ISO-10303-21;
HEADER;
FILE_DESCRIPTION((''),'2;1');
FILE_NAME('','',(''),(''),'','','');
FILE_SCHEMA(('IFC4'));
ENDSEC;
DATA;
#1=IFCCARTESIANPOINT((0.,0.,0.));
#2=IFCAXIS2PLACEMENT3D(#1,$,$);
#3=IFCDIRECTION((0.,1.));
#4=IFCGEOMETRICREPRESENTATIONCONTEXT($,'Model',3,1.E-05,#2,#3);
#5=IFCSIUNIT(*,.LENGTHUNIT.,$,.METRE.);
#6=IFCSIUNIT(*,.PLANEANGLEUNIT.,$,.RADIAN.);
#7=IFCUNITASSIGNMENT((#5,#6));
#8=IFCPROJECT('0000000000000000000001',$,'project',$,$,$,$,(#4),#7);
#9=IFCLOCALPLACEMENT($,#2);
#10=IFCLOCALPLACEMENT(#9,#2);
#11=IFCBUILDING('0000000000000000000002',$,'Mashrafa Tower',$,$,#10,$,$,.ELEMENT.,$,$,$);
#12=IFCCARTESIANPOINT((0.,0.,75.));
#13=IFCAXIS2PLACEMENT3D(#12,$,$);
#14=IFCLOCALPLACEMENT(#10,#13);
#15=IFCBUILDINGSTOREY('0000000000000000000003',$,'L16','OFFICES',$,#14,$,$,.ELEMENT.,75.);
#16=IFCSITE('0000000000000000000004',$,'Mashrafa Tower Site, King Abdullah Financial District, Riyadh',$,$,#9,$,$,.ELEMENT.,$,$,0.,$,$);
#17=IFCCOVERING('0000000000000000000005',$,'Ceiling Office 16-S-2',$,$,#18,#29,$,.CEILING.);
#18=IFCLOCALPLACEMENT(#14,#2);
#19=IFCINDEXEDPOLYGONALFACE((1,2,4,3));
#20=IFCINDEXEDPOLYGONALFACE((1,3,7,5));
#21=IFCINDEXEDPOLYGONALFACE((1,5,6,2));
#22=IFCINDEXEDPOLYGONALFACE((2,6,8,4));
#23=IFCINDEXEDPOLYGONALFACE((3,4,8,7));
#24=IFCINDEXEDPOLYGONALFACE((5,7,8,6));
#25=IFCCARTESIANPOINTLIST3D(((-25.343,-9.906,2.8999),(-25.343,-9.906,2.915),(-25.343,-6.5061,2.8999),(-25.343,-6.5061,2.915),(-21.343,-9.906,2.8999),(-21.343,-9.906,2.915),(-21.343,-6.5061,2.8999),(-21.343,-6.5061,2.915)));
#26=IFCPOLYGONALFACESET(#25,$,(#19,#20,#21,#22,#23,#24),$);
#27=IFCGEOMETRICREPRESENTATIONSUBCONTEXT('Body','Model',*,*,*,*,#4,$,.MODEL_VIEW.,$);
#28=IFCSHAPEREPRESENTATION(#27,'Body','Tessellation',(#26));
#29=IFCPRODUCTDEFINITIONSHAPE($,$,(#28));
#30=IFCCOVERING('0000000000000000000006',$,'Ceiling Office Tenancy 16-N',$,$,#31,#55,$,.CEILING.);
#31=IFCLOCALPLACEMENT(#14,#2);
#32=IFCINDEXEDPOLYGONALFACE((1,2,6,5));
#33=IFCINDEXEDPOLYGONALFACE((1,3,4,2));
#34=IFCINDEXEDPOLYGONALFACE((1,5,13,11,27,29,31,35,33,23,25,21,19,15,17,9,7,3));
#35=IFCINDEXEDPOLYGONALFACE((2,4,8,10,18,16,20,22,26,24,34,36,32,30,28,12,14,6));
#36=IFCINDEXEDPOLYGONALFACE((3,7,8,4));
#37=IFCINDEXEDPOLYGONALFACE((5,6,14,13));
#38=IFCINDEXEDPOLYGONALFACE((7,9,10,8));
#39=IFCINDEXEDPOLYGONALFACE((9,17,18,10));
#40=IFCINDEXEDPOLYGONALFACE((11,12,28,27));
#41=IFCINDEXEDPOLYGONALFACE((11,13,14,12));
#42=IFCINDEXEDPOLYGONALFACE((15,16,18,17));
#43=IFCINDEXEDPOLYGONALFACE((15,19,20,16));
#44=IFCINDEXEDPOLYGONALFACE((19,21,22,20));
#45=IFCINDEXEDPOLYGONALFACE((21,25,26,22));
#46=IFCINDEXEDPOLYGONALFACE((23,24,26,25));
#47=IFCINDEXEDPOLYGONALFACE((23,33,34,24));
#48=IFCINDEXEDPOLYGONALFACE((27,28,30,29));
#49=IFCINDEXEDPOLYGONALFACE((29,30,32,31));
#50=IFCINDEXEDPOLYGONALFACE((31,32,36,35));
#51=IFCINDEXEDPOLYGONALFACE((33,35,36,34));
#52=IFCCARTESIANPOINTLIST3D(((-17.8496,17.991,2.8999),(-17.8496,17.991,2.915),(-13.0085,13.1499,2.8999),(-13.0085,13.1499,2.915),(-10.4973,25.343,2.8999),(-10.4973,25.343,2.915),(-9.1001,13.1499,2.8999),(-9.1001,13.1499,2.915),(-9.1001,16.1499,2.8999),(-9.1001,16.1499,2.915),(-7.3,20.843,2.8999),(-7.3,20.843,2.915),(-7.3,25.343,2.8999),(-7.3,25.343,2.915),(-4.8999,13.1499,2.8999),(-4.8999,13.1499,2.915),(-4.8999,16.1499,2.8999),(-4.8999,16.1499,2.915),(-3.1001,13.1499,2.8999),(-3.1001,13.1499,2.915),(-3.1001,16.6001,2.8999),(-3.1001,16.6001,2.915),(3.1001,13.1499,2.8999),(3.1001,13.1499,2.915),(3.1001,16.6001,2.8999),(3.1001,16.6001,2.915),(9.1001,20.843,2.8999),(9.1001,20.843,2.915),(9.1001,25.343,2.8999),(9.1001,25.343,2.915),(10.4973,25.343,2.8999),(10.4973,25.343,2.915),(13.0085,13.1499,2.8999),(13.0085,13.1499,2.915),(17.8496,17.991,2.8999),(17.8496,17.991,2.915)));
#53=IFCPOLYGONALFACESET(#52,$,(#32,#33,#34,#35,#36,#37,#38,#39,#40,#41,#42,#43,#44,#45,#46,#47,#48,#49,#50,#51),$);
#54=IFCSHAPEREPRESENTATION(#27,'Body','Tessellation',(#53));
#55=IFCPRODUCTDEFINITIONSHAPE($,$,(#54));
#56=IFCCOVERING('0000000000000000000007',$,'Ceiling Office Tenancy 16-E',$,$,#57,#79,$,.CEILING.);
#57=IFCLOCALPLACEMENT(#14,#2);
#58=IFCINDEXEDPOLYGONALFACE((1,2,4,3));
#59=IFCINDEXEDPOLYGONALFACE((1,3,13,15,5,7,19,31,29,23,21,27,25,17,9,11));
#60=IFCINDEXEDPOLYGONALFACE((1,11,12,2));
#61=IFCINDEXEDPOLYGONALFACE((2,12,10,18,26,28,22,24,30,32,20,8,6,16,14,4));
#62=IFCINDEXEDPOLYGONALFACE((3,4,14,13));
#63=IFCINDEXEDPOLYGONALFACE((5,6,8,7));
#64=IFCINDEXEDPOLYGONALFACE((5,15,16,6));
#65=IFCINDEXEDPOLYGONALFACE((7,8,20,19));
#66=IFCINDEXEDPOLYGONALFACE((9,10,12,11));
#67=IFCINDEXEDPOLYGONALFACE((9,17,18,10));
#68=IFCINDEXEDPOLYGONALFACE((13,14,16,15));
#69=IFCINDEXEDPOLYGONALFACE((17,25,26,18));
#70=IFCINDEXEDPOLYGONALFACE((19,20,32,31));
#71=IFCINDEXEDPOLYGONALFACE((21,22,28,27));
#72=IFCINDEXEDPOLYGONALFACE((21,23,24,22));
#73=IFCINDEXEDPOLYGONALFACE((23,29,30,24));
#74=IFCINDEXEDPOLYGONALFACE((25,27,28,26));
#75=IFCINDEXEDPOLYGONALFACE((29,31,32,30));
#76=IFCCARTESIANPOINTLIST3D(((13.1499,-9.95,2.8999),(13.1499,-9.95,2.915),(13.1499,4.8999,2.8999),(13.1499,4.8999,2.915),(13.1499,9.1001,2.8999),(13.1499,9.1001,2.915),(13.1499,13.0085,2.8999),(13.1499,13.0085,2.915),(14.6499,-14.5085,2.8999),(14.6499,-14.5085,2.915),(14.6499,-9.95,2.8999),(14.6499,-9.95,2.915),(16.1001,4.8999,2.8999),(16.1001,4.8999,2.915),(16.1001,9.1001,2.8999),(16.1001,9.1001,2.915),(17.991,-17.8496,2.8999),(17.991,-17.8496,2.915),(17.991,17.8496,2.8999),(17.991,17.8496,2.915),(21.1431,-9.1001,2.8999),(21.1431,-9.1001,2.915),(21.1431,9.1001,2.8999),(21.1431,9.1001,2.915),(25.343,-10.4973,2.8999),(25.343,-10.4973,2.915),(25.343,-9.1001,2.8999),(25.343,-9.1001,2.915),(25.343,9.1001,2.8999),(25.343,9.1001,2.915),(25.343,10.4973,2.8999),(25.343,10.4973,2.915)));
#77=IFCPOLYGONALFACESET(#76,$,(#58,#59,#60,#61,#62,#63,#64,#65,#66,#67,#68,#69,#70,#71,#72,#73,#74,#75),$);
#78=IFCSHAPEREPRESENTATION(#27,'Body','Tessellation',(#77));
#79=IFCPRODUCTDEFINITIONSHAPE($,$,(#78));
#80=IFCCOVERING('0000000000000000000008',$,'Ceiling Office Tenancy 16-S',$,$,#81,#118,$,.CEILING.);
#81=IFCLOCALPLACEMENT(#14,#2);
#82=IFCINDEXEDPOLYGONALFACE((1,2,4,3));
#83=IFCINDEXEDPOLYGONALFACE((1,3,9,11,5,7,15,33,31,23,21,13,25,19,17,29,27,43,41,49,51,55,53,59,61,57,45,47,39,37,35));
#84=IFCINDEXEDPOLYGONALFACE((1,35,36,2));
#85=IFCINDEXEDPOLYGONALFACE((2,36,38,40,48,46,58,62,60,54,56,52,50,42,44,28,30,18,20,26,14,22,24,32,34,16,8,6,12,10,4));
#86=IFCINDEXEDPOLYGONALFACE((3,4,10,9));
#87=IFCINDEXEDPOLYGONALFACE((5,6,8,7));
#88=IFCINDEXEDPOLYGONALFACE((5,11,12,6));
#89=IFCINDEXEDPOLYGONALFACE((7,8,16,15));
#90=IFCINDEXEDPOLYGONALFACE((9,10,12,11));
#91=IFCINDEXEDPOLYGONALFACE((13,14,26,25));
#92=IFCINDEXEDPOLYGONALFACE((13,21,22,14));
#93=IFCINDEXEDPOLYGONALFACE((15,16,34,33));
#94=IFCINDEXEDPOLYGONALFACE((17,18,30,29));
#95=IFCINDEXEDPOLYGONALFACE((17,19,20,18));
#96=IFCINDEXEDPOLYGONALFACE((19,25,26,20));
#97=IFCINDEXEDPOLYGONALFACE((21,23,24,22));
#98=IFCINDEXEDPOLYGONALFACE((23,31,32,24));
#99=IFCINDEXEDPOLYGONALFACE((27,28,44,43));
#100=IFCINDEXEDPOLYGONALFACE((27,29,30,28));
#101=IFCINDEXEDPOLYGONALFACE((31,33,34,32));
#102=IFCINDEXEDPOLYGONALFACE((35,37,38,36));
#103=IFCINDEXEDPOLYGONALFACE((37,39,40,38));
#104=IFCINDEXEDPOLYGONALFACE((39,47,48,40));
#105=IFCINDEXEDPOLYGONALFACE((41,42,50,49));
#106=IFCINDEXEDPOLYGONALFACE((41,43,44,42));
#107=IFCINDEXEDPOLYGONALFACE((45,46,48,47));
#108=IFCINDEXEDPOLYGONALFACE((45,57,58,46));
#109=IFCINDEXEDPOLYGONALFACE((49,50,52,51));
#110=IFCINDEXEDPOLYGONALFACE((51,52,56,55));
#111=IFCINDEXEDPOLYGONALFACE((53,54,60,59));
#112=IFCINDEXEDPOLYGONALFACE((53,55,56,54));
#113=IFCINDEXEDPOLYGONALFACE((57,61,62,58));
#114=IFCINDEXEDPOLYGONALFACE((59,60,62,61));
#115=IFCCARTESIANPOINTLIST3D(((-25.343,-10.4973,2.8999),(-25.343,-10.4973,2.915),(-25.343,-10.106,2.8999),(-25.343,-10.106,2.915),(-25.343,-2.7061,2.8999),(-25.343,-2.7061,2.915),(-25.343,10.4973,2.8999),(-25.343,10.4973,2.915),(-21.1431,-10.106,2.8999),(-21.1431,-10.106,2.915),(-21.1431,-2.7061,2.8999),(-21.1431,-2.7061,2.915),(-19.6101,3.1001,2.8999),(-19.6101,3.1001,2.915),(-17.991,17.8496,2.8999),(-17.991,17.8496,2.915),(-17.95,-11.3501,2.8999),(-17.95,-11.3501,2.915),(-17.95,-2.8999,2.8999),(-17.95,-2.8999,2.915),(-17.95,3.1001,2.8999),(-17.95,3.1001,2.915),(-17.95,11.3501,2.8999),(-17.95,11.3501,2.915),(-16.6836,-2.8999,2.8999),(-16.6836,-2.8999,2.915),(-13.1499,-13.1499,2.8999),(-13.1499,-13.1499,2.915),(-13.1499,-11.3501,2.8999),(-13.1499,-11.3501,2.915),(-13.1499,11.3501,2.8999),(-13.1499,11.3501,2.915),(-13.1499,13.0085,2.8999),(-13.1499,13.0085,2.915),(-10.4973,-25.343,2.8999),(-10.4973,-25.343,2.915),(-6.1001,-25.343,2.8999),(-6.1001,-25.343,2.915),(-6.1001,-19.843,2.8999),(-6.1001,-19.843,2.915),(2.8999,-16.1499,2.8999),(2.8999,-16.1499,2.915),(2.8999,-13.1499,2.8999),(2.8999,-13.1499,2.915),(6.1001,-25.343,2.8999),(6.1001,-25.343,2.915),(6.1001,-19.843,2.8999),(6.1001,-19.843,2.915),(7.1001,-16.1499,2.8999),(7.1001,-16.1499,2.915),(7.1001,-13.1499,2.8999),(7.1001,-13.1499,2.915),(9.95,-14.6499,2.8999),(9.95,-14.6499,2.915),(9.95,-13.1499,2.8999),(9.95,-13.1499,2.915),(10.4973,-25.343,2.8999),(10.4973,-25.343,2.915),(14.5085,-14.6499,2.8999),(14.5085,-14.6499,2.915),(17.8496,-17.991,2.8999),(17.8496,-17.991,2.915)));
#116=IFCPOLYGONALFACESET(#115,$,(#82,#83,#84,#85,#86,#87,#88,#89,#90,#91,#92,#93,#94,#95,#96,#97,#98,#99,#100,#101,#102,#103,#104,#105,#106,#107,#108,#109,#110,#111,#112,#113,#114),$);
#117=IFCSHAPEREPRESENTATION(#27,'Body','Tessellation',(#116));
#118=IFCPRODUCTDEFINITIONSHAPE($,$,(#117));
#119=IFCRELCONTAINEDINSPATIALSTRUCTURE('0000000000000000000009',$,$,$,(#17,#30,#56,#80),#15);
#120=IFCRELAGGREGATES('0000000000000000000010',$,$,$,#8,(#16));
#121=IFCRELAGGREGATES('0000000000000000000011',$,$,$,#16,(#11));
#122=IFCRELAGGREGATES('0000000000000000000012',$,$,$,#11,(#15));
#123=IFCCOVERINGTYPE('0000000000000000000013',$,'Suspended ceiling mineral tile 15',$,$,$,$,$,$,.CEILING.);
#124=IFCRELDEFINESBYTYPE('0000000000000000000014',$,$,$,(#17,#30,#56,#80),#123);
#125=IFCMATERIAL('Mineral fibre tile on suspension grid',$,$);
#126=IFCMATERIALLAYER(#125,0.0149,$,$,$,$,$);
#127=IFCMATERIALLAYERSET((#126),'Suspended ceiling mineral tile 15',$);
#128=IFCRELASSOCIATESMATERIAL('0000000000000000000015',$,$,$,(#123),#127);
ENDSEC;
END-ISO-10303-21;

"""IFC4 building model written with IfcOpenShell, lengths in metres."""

from ifc_helpers import new_model, si_unit, direction, frame, origin, place, context, subcontext, project, spatial, polyline, outline, extrude, material, layer, layer_set, type_object, element, save


model = new_model("IFC4")

# Units and contexts
model_context = context("Model", 3, precision=1e-05, world=origin(), true_north=direction((0.0, 1.0)))
body_context = subcontext(model_context, "Body", "Model", "MODEL_VIEW")
ifc_project = project(units=[si_unit("LENGTHUNIT", "METRE"), si_unit("PLANEANGLEUNIT", "RADIAN")], contexts=[model_context])

# Site, building, storey
site_placement = place(None, origin())
site = spatial("IfcSite", under=ifc_project, at=site_placement, Name="Mashrafa Tower Site, King Abdullah Financial District, Riyadh", CompositionType="ELEMENT", RefElevation=0.0)
building_placement = place(site_placement, origin())
building = spatial("IfcBuilding", under=site, at=building_placement, Name="Mashrafa Tower", CompositionType="ELEMENT")
storey_placement = place(building_placement, frame((0.0, 0.0, 75.0)))
storey = spatial("IfcBuildingStorey", under=building, at=storey_placement, Name="L16", Description="OFFICES", CompositionType="ELEMENT", Elevation=75.0)

# Coverings
ifc_material_1 = material(Name="Mineral fibre tile on suspension grid")
ifc_layer_1 = layer(ifc_material_1, 0.0149)
ifc_layer_set_1 = layer_set([ifc_layer_1], Name="Suspended ceiling mineral tile 15")
covering_type = type_object("IfcCoveringType", Name="Suspended ceiling mineral tile 15", PredefinedType="CEILING", material=ifc_layer_set_1)
covering_1_placement = place(storey_placement, frame((0.0, 0.0, 2.8999)))
element("IfcCovering", 1, at=covering_1_placement, inside=storey, type_object=covering_type, Name="Ceiling Office 16-S-2", PredefinedType="CEILING", context=body_context, shape_type="SweptSolid", body=[
    extrude(outline(polyline([(-21.343, -6.5061), (-21.343, -9.906), (-25.343, -9.906), (-25.343, -6.5061), (-21.343, -6.5061)])), origin(), (0.0, 0.0, 1.0), 0.0151),
])
covering_2_placement = place(storey_placement, frame((0.0, 0.0, 2.8999)))
element("IfcCovering", 2, at=covering_2_placement, inside=storey, type_object=covering_type, Name="Ceiling Office Tenancy 16-N", PredefinedType="CEILING", context=body_context, shape_type="SweptSolid", body=[
    extrude(outline(polyline([(-13.0085, 13.1499), (-17.8496, 17.991), (-10.4973, 25.343), (-7.3, 25.343), (-7.3, 20.843), (9.1001, 20.843), (9.1001, 25.343), (10.4973, 25.343), (17.8496, 17.991), (13.0085, 13.1499), (3.1001, 13.1499), (3.1001, 16.6001), (-3.1001, 16.6001), (-3.1001, 13.1499), (-4.8999, 13.1499), (-4.8999, 16.1499), (-9.1001, 16.1499), (-9.1001, 13.1499), (-13.0085, 13.1499)])), origin(), (0.0, 0.0, 1.0), 0.0151),
])
covering_3_placement = place(storey_placement, frame((0.0, 0.0, 2.8999)))
element("IfcCovering", 3, at=covering_3_placement, inside=storey, type_object=covering_type, Name="Ceiling Office Tenancy 16-E", PredefinedType="CEILING", context=body_context, shape_type="SweptSolid", body=[
    extrude(outline(polyline([(13.1499, 13.0085), (17.991, 17.8496), (25.343, 10.4973), (25.343, 9.1001), (21.1431, 9.1001), (21.1431, -9.1001), (25.343, -9.1001), (25.343, -10.4973), (17.991, -17.8496), (14.6499, -14.5085), (14.6499, -9.95), (13.1499, -9.95), (13.1499, 4.8999), (16.1001, 4.8999), (16.1001, 9.1001), (13.1499, 9.1001), (13.1499, 13.0085)])), origin(), (0.0, 0.0, 1.0), 0.0151),
])
covering_4_placement = place(storey_placement, frame((0.0, 0.0, 2.8999)))
element("IfcCovering", 4, at=covering_4_placement, inside=storey, type_object=covering_type, Name="Ceiling Office Tenancy 16-S", PredefinedType="CEILING", context=body_context, shape_type="SweptSolid", body=[
    extrude(outline(polyline([(14.5085, -14.6499), (17.8496, -17.991), (10.4973, -25.343), (6.1001, -25.343), (6.1001, -19.843), (-6.1001, -19.843), (-6.1001, -25.343), (-10.4973, -25.343), (-25.343, -10.4973), (-25.343, -10.106), (-21.1431, -10.106), (-21.1431, -2.7061), (-25.343, -2.7061), (-25.343, 10.4973), (-17.991, 17.8496), (-13.1499, 13.0085), (-13.1499, 11.3501), (-17.95, 11.3501), (-17.95, 3.1001), (-19.6101, 3.1001), (-16.6836, -2.8999), (-17.95, -2.8999), (-17.95, -11.3501), (-13.1499, -11.3501), (-13.1499, -13.1499), (2.8999, -13.1499), (2.8999, -16.1499), (7.1001, -16.1499), (7.1001, -13.1499), (9.95, -13.1499), (9.95, -14.6499), (14.5085, -14.6499)])), origin(), (0.0, 0.0, 1.0), 0.0151),
])

save(model, "model.ifc")
